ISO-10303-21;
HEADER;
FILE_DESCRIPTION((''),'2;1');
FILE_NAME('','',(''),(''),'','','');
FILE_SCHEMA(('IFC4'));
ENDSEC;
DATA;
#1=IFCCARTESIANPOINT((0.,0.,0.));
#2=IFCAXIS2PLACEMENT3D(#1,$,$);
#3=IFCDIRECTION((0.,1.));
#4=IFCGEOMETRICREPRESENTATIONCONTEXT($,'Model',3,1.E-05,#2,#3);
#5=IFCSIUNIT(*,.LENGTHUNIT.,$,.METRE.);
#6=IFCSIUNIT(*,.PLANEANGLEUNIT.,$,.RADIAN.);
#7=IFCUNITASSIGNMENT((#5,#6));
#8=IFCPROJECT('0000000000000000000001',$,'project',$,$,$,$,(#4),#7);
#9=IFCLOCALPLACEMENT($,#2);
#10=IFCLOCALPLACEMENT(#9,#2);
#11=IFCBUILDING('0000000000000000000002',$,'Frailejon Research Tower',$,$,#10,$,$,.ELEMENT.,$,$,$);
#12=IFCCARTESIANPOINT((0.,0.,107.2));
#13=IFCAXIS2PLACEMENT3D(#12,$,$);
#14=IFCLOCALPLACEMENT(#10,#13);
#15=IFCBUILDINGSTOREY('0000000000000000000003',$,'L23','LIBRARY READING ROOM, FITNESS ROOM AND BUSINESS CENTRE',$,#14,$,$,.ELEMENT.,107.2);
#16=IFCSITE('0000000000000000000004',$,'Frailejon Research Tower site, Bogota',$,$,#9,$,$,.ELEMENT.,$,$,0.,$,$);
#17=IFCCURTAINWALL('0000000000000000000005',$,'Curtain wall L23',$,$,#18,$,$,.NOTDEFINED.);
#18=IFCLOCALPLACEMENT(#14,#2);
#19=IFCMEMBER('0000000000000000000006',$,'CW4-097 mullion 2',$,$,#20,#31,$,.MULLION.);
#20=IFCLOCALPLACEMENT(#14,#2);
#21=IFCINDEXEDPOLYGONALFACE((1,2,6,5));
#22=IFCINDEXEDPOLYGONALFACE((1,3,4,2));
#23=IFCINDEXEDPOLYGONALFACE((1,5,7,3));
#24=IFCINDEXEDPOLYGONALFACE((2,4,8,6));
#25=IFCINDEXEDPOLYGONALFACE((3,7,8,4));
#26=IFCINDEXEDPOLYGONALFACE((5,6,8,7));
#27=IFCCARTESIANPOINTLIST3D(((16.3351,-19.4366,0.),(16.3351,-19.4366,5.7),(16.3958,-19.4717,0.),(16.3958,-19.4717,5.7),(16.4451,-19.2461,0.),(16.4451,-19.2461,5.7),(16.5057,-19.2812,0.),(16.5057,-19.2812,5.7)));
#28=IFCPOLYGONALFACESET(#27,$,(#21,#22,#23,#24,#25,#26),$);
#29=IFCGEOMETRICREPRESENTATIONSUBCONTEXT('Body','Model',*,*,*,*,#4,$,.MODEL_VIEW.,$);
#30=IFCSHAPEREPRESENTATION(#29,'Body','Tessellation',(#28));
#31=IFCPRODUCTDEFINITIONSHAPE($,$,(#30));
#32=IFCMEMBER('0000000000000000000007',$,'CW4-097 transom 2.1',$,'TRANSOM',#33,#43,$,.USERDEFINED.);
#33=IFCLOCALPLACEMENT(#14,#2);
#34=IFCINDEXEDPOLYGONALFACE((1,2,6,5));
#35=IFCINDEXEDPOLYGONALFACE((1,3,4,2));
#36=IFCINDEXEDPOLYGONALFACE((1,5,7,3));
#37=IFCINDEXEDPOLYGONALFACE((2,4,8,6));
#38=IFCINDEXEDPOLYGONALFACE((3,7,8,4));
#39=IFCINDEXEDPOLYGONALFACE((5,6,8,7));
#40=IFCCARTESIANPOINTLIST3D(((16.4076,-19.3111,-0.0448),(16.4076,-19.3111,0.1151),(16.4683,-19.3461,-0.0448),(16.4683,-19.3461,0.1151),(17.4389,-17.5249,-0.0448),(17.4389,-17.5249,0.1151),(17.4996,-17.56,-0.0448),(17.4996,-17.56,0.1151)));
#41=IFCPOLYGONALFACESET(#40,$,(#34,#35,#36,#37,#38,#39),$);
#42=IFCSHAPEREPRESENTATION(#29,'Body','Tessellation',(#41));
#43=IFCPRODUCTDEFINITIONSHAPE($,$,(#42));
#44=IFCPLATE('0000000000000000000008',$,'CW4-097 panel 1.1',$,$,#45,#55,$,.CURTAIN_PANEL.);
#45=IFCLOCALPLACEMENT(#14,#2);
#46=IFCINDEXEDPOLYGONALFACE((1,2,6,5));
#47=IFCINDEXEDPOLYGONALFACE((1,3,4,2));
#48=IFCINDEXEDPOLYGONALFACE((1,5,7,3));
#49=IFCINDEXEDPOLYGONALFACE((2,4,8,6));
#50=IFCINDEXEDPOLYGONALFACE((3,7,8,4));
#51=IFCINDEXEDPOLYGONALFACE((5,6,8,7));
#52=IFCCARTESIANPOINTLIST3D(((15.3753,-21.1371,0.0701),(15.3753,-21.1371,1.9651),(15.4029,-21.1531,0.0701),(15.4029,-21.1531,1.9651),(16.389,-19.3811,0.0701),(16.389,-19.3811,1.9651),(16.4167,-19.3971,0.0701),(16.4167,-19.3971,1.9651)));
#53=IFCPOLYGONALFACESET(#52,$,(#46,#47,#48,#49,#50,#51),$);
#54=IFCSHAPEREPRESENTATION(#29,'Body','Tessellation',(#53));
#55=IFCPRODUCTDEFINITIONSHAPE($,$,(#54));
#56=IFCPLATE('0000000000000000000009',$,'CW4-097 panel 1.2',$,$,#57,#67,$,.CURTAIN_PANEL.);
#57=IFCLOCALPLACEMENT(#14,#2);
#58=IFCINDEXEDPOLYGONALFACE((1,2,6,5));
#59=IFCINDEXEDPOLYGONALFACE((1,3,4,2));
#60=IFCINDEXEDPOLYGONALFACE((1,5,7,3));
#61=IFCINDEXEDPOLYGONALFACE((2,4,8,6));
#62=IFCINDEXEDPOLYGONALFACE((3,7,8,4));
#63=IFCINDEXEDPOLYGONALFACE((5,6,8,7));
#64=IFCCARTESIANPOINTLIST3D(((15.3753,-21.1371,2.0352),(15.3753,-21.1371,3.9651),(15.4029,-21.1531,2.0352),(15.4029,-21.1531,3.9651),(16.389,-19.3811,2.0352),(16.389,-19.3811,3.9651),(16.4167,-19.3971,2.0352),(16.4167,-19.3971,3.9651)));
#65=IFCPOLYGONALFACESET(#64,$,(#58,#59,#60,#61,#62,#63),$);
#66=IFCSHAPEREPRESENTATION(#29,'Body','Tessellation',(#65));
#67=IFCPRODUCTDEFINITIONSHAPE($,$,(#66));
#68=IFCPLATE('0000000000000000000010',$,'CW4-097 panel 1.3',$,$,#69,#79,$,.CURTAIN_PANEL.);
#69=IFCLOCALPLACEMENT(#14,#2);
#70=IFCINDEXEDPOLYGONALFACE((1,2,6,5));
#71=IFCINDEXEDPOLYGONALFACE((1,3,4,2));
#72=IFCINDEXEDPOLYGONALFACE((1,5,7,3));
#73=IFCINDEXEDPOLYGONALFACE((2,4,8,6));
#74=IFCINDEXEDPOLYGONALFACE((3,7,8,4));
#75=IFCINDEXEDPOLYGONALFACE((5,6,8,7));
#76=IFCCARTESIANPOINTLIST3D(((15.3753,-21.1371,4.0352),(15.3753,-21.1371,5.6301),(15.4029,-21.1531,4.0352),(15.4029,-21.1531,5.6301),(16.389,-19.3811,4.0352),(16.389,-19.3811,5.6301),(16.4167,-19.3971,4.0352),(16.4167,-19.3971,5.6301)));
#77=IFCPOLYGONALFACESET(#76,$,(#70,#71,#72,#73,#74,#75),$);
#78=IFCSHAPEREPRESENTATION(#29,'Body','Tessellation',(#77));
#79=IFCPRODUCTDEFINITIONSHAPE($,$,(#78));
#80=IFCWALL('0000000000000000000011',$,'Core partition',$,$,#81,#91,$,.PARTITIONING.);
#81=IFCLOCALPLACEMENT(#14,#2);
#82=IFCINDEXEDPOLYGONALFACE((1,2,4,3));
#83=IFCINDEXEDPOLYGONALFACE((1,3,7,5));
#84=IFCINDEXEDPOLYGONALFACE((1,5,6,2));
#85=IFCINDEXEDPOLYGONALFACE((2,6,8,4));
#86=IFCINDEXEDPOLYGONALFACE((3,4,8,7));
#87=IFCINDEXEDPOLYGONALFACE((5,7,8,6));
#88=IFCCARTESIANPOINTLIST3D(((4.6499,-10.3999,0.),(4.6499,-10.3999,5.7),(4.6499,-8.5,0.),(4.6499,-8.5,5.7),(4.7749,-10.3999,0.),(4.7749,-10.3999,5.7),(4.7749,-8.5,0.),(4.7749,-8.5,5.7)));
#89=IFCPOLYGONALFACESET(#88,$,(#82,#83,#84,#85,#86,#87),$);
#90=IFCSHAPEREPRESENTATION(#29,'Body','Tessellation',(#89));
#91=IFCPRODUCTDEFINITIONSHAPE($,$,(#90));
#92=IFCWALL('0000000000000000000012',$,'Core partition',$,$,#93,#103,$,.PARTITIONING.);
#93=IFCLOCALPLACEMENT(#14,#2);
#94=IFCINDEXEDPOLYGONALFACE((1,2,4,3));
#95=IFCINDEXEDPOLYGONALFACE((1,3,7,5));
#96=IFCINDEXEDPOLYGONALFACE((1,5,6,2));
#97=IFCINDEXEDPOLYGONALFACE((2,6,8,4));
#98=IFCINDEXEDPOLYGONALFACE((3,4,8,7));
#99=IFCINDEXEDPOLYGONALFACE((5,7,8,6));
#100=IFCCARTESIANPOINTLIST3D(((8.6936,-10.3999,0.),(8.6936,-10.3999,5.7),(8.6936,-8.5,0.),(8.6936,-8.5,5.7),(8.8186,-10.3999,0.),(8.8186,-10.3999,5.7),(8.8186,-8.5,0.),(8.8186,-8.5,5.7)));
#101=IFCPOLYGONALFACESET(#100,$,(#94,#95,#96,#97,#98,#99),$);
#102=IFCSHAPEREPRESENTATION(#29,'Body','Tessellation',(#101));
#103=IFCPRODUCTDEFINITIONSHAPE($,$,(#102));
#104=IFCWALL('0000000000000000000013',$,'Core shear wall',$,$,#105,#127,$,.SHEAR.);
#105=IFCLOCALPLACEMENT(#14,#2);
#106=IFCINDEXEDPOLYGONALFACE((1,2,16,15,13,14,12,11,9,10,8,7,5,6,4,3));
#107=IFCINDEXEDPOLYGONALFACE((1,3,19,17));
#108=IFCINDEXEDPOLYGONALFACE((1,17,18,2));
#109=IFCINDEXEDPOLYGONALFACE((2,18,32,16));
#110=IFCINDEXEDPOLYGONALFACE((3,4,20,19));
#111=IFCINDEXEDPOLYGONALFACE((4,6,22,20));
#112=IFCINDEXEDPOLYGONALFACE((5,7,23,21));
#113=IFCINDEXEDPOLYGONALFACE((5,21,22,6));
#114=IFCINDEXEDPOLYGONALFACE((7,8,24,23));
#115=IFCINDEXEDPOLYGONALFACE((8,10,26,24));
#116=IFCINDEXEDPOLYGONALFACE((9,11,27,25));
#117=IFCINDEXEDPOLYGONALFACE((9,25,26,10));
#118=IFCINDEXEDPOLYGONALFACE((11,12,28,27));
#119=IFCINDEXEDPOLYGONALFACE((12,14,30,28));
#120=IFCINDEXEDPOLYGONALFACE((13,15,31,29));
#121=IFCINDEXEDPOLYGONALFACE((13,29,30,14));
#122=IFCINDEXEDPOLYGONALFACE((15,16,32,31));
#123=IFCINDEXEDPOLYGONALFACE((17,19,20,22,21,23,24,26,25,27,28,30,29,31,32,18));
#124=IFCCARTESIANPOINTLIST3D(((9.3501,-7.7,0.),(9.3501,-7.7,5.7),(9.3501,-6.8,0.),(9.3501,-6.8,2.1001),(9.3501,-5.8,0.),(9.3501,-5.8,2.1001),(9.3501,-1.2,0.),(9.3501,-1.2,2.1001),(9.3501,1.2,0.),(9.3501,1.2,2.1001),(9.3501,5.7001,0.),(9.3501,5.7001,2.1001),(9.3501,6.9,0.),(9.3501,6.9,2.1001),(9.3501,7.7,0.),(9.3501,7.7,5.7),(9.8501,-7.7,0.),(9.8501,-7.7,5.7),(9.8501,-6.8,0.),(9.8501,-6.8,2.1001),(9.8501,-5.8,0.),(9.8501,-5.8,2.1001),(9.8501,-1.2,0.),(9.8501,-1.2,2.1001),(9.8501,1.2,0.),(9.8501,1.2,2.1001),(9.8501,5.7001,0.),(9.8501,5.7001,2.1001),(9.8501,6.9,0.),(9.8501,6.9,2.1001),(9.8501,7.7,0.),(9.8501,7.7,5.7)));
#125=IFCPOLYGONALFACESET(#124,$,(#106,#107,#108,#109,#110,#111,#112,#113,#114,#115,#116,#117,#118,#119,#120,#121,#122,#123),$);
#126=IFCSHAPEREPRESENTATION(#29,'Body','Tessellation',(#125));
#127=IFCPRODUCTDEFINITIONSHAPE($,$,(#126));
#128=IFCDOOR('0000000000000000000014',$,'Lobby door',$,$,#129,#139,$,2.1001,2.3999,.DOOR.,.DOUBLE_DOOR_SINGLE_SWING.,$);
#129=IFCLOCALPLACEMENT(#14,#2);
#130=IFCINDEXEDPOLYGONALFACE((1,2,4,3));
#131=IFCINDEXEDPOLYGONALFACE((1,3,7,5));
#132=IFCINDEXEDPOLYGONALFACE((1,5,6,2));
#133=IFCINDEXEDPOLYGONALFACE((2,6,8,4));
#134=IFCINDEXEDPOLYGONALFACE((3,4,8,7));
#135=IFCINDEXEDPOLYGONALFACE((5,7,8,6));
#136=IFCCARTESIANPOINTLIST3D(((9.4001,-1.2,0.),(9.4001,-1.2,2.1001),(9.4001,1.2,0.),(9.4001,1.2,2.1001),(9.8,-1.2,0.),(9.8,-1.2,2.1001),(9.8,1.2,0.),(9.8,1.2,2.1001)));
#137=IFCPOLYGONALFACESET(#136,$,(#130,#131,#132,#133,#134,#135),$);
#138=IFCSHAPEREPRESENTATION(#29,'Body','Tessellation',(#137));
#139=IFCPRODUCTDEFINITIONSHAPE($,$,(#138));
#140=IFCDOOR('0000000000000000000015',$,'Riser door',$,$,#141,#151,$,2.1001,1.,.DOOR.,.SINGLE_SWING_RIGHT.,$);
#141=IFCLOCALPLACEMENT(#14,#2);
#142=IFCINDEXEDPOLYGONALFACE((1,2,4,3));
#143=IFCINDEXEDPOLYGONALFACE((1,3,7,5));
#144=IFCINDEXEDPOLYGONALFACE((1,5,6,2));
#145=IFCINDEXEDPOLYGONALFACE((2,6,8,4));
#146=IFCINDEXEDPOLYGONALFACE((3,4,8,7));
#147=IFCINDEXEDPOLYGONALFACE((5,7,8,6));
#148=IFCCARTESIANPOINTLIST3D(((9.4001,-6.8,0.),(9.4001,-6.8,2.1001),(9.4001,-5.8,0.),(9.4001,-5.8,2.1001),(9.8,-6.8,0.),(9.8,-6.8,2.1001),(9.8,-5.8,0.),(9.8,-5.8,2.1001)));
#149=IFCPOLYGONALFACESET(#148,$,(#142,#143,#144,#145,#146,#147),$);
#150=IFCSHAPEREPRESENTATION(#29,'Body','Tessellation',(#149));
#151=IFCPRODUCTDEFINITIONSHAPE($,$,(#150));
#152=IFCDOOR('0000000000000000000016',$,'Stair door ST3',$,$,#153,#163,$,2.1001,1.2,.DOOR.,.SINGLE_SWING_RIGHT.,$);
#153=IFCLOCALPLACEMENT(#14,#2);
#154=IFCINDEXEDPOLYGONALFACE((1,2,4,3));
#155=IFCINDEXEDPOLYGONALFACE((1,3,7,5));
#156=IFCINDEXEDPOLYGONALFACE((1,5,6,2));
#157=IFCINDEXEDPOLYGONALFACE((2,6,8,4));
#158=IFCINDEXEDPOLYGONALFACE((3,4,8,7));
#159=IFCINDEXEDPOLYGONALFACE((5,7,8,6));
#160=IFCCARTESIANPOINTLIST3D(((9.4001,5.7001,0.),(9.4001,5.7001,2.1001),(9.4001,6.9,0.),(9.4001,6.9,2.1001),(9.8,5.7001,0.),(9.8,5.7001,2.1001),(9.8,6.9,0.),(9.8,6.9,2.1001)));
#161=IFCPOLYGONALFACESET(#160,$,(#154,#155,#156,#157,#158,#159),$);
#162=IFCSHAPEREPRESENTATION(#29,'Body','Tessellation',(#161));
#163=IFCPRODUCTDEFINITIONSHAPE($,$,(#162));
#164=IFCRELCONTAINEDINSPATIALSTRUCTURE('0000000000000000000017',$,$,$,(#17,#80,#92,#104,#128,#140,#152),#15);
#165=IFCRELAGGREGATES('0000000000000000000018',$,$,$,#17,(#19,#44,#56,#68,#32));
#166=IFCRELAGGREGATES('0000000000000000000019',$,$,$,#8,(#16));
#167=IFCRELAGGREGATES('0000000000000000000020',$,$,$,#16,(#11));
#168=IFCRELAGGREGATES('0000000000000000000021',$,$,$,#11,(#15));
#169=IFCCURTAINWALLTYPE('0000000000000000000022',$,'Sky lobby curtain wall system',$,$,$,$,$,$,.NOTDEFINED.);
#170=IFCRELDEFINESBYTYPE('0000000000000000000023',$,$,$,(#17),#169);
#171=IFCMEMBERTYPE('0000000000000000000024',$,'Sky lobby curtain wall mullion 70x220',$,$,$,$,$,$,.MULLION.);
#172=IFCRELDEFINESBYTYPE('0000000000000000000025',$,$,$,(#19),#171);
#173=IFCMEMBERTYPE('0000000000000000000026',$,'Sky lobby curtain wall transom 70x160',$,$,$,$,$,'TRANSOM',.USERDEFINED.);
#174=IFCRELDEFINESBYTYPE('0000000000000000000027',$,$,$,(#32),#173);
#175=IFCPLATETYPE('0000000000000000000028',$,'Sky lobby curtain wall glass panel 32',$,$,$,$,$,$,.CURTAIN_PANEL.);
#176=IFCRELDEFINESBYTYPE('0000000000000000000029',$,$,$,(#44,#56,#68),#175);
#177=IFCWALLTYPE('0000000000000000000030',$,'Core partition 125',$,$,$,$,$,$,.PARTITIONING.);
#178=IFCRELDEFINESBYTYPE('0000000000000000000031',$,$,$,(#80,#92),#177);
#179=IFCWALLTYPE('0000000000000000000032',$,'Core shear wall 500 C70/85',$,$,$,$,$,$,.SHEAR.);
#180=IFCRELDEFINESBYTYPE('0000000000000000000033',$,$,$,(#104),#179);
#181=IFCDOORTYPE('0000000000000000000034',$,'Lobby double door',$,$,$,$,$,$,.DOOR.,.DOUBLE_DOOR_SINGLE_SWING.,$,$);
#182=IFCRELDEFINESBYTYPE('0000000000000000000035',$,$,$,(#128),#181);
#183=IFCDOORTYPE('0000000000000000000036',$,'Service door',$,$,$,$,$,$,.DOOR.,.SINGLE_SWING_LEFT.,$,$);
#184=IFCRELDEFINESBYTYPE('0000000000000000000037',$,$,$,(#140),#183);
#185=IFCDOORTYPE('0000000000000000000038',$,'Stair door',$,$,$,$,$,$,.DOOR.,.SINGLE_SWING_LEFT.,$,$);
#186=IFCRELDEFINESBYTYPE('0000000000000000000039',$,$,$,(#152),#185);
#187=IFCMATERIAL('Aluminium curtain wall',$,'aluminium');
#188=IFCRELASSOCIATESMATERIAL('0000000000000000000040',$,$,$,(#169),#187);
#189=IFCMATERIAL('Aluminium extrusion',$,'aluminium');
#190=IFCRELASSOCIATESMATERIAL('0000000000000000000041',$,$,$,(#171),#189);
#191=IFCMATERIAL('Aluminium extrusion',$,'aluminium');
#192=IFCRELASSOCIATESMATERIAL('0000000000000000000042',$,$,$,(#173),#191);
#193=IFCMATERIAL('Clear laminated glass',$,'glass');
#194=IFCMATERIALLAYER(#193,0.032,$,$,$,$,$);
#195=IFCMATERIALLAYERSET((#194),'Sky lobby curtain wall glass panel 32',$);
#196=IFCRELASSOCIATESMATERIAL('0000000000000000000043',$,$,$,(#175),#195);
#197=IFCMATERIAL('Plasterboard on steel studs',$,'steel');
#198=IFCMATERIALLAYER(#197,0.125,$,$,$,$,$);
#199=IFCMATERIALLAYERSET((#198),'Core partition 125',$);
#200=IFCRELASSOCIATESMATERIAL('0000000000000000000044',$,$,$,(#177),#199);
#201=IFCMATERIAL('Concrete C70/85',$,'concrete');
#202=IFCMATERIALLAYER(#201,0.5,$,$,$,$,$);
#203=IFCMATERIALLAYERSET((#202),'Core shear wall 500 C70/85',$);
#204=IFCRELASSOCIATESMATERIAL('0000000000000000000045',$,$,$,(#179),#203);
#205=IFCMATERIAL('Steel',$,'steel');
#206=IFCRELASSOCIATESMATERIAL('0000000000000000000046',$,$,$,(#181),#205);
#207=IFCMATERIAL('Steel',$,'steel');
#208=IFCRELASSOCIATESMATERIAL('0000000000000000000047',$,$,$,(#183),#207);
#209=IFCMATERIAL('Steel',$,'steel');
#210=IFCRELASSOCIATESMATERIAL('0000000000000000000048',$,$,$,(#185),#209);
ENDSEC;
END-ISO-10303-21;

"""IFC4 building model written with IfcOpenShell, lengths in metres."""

from ifc_helpers import new_model, si_unit, direction, frame, frame_2d, origin, origin_2d, place, context, subcontext, project, spatial, rectangle, extrude, material, layer, layer_set, material_profile, profile_set, type_object, element, fill, aggregate, save


model = new_model("IFC4")

# Units and contexts
model_context = context("Model", 3, precision=1e-05, world=origin(), true_north=direction((0.0, 1.0)))
body_context = subcontext(model_context, "Body", "Model", "MODEL_VIEW")
ifc_project = project(units=[si_unit("LENGTHUNIT", "METRE"), si_unit("PLANEANGLEUNIT", "RADIAN")], contexts=[model_context])

# Site, building, storey
site_placement = place(None, origin())
site = spatial("IfcSite", under=ifc_project, at=site_placement, Name="Frailejon Research Tower site, Bogota", CompositionType="ELEMENT", RefElevation=0.0)
building_placement = place(site_placement, origin())
building = spatial("IfcBuilding", under=site, at=building_placement, Name="Frailejon Research Tower", CompositionType="ELEMENT")
storey_placement = place(building_placement, frame((0.0, 0.0, 107.2)))
storey = spatial("IfcBuildingStorey", under=building, at=storey_placement, Name="L23", Description="LIBRARY READING ROOM, FITNESS ROOM AND BUSINESS CENTRE", CompositionType="ELEMENT", Elevation=107.2)

# Curtain wall, members, plates
ifc_material_1 = material(Name="Aluminium curtain wall", Category="aluminium")
curtain_wall_type = type_object("IfcCurtainWallType", Name="Sky lobby curtain wall system", PredefinedType="NOTDEFINED", material=ifc_material_1)
curtain_wall_placement = place(storey_placement, origin())
curtain_wall = element("IfcCurtainWall", 1, at=curtain_wall_placement, inside=storey, type_object=curtain_wall_type, Name="Curtain wall L23", PredefinedType="NOTDEFINED")
ifc_material_2 = material(Name="Aluminium extrusion", Category="aluminium")
ifc_material_profile_1 = material_profile(ifc_material_2, rectangle(XDim=0.0701, YDim=0.22, at=origin_2d()), Name="Sky lobby curtain wall mullion 70x220")
ifc_profile_set_1 = profile_set([ifc_material_profile_1], Name="Aluminium extrusion")
member_type_1 = type_object("IfcMemberType", Name="Sky lobby curtain wall mullion 70x220", PredefinedType="MULLION", material=ifc_profile_set_1)
member_1_placement = place(storey_placement, frame((16.4204, -19.3589, 0.0), z_axis=(0.0, 0.0, 1.0), x_axis=(-0.866026, 0.5, 0.0)))
member_1 = element("IfcMember", 2, at=member_1_placement, type_object=member_type_1, Name="CW4-097 mullion 2", PredefinedType="MULLION", context=body_context, shape_type="SweptSolid", body=[
    extrude(rectangle(XDim=0.0701, YDim=0.22, at=origin_2d()), origin(), (0.0, 0.0, 1.0), 5.7),
])
ifc_material_3 = material(Name="Aluminium extrusion", Category="aluminium")
ifc_material_profile_2 = material_profile(ifc_material_3, rectangle(XDim=0.0701, YDim=0.1599, at=origin_2d()), Name="Sky lobby curtain wall transom 70x160")
ifc_profile_set_2 = profile_set([ifc_material_profile_2], Name="Aluminium extrusion")
member_type_2 = type_object("IfcMemberType", Name="Sky lobby curtain wall transom 70x160", ElementType="TRANSOM", PredefinedType="USERDEFINED", material=ifc_profile_set_2)
member_2_placement = place(storey_placement, frame((16.438, -19.3286, 0.0352), z_axis=(0.500009, 0.86602, 0.0), x_axis=(-0.86602, 0.500009, 0.0)))
member_2 = element("IfcMember", 3, at=member_2_placement, type_object=member_type_2, Name="CW4-097 transom 2.1", ObjectType="TRANSOM", PredefinedType="USERDEFINED", context=body_context, shape_type="SweptSolid", body=[
    extrude(rectangle(XDim=0.0701, YDim=0.1599, at=origin_2d()), origin(), (0.0, 0.0, 1.0), 2.0625),
])
ifc_material_4 = material(Name="Clear laminated glass", Category="glass")
ifc_layer_1 = layer(ifc_material_4, 0.032)
ifc_layer_set_1 = layer_set([ifc_layer_1], Name="Sky lobby curtain wall glass panel 32")
plate_type = type_object("IfcPlateType", Name="Sky lobby curtain wall glass panel 32", PredefinedType="CURTAIN_PANEL", material=ifc_layer_set_1)
plate_1_placement = place(storey_placement, frame((15.896, -20.2671, 0.0701), z_axis=(0.0, 0.0, 1.0), x_axis=(0.5, 0.866026, 0.0)))
plate_1 = element("IfcPlate", 4, at=plate_1_placement, type_object=plate_type, Name="CW4-097 panel 1.1", PredefinedType="CURTAIN_PANEL", context=body_context, shape_type="SweptSolid", body=[
    extrude(rectangle(XDim=2.0276, YDim=0.032, at=origin_2d()), origin(), (0.0, 0.0, 1.0), 1.895),
])
plate_2_placement = place(storey_placement, frame((15.896, -20.2671, 2.0352), z_axis=(0.0, 0.0, 1.0), x_axis=(0.5, 0.866026, 0.0)))
plate_2 = element("IfcPlate", 5, at=plate_2_placement, type_object=plate_type, Name="CW4-097 panel 1.2", PredefinedType="CURTAIN_PANEL", context=body_context, shape_type="SweptSolid", body=[
    extrude(rectangle(XDim=2.0276, YDim=0.032, at=origin_2d()), origin(), (0.0, 0.0, 1.0), 1.9299),
])
plate_3_placement = place(storey_placement, frame((15.896, -20.2671, 4.0352), z_axis=(0.0, 0.0, 1.0), x_axis=(0.5, 0.866026, 0.0)))
plate_3 = element("IfcPlate", 6, at=plate_3_placement, type_object=plate_type, Name="CW4-097 panel 1.3", PredefinedType="CURTAIN_PANEL", context=body_context, shape_type="SweptSolid", body=[
    extrude(rectangle(XDim=2.0276, YDim=0.032, at=origin_2d()), origin(), (0.0, 0.0, 1.0), 1.595),
])
aggregate(curtain_wall, [member_1, plate_1, plate_2, plate_3, member_2])

# Walls
ifc_material_5 = material(Name="Plasterboard on steel studs", Category="steel")
ifc_layer_2 = layer(ifc_material_5, 0.125)
ifc_layer_set_2 = layer_set([ifc_layer_2], Name="Core partition 125")
wall_type_1 = type_object("IfcWallType", Name="Core partition 125", PredefinedType="PARTITIONING", material=ifc_layer_set_2)
for number, where, z_axis, x_axis, name in (
    (7, (4.7124, -10.3999, 0.0), (0.0, 0.0, 1.0), (0.0, 1.0, 0.0), "Core partition"),
    (8, (8.7561, -10.3999, 0.0), (0.0, 0.0, 1.0), (0.0, 1.0, 0.0), "Core partition"),
):
    element("IfcWall", number, at=place(storey_placement, frame(where, z_axis=z_axis, x_axis=x_axis)), inside=storey, type_object=wall_type_1, Name=name, PredefinedType="PARTITIONING", context=body_context, shape_type="SweptSolid", body=[
        extrude(rectangle(XDim=1.8999, YDim=0.125, at=frame_2d((0.95, 0.0))), origin(), (0.0, 0.0, 1.0), 5.7),
    ])

# Wall, openings, doors
ifc_material_6 = material(Name="Concrete C70/85", Category="concrete")
ifc_layer_3 = layer(ifc_material_6, 0.5)
ifc_layer_set_3 = layer_set([ifc_layer_3], Name="Core shear wall 500 C70/85")
wall_type_2 = type_object("IfcWallType", Name="Core shear wall 500 C70/85", PredefinedType="SHEAR", material=ifc_layer_set_3)
wall_1_placement = place(storey_placement, frame((9.6001, -7.7, 0.0), z_axis=(0.0, 0.0, 1.0), x_axis=(0.0, 1.0, 0.0)))
wall_1 = element("IfcWall", 9, at=wall_1_placement, inside=storey, type_object=wall_type_2, Name="Core shear wall", PredefinedType="SHEAR", context=body_context, shape_type="SweptSolid", body=[
    extrude(rectangle(XDim=15.3999, YDim=0.5, at=frame_2d((7.7, 0.0))), origin(), (0.0, 0.0, 1.0), 5.7),
])
opening_1_placement = place(wall_1_placement, frame((6.5, 0.0, 0.0)))
opening_1 = element("IfcOpeningElement", 10, at=opening_1_placement, cuts=wall_1, PredefinedType="OPENING", context=body_context, shape_type="SweptSolid", body=[
    extrude(rectangle(XDim=2.3999, YDim=2.1001, at=frame_2d((1.2, 1.05))), frame((0.0, 0.26, 0.0), z_axis=(0.0, -1.0, 0.0), x_axis=(1.0, 0.0, 0.0)), (0.0, 0.0, 1.0), 0.52),
])
opening_2_placement = place(wall_1_placement, frame((13.3999, 0.0, 0.0)))
opening_2 = element("IfcOpeningElement", 11, at=opening_2_placement, cuts=wall_1, PredefinedType="OPENING", context=body_context, shape_type="SweptSolid", body=[
    extrude(rectangle(XDim=1.2, YDim=2.1001, at=frame_2d((0.6001, 1.05))), frame((0.0, 0.26, 0.0), z_axis=(0.0, -1.0, 0.0), x_axis=(1.0, 0.0, 0.0)), (0.0, 0.0, 1.0), 0.52),
])
opening_3_placement = place(wall_1_placement, frame((0.8999, 0.0, 0.0)))
opening_3 = element("IfcOpeningElement", 12, at=opening_3_placement, cuts=wall_1, PredefinedType="OPENING", context=body_context, shape_type="SweptSolid", body=[
    extrude(rectangle(XDim=1.0, YDim=2.1001, at=frame_2d((0.5, 1.05))), frame((0.0, 0.26, 0.0), z_axis=(0.0, -1.0, 0.0), x_axis=(1.0, 0.0, 0.0)), (0.0, 0.0, 1.0), 0.52),
])
ifc_material_7 = material(Name="Steel", Category="steel")
door_type_1 = type_object("IfcDoorType", Name="Lobby double door", OperationType="DOUBLE_DOOR_SINGLE_SWING", PredefinedType="DOOR", material=ifc_material_7)
door_1_placement = place(opening_1_placement, origin())
door_1 = element("IfcDoor", 13, at=door_1_placement, inside=storey, type_object=door_type_1, Name="Lobby door", OperationType="DOUBLE_DOOR_SINGLE_SWING", OverallHeight=2.1001, OverallWidth=2.3999, PredefinedType="DOOR", context=body_context, shape_type="SweptSolid", body=[
    extrude(rectangle(XDim=2.3999, YDim=2.1001, at=frame_2d((1.2, 1.05))), frame((0.0, 0.2, 0.0), z_axis=(0.0, -1.0, 0.0), x_axis=(1.0, 0.0, 0.0)), (0.0, 0.0, 1.0), 0.3999),
])
fill(opening_1, door_1)
ifc_material_8 = material(Name="Steel", Category="steel")
door_type_2 = type_object("IfcDoorType", Name="Service door", OperationType="SINGLE_SWING_LEFT", PredefinedType="DOOR", material=ifc_material_8)
door_2_placement = place(opening_3_placement, origin())
door_2 = element("IfcDoor", 14, at=door_2_placement, inside=storey, type_object=door_type_2, Name="Riser door", OperationType="SINGLE_SWING_RIGHT", OverallHeight=2.1001, OverallWidth=1.0, PredefinedType="DOOR", context=body_context, shape_type="SweptSolid", body=[
    extrude(rectangle(XDim=1.0, YDim=2.1001, at=frame_2d((0.5, 1.05))), frame((0.0, 0.2, 0.0), z_axis=(0.0, -1.0, 0.0), x_axis=(1.0, 0.0, 0.0)), (0.0, 0.0, 1.0), 0.3999),
])
fill(opening_3, door_2)
ifc_material_9 = material(Name="Steel", Category="steel")
door_type_3 = type_object("IfcDoorType", Name="Stair door", OperationType="SINGLE_SWING_LEFT", PredefinedType="DOOR", material=ifc_material_9)
door_3_placement = place(opening_2_placement, origin())
door_3 = element("IfcDoor", 15, at=door_3_placement, inside=storey, type_object=door_type_3, Name="Stair door ST3", OperationType="SINGLE_SWING_RIGHT", OverallHeight=2.1001, OverallWidth=1.2, PredefinedType="DOOR", context=body_context, shape_type="SweptSolid", body=[
    extrude(rectangle(XDim=1.2, YDim=2.1001, at=frame_2d((0.6001, 1.05))), frame((0.0, 0.2, 0.0), z_axis=(0.0, -1.0, 0.0), x_axis=(1.0, 0.0, 0.0)), (0.0, 0.0, 1.0), 0.3999),
])
fill(opening_2, door_3)

save(model, "model.ifc")
